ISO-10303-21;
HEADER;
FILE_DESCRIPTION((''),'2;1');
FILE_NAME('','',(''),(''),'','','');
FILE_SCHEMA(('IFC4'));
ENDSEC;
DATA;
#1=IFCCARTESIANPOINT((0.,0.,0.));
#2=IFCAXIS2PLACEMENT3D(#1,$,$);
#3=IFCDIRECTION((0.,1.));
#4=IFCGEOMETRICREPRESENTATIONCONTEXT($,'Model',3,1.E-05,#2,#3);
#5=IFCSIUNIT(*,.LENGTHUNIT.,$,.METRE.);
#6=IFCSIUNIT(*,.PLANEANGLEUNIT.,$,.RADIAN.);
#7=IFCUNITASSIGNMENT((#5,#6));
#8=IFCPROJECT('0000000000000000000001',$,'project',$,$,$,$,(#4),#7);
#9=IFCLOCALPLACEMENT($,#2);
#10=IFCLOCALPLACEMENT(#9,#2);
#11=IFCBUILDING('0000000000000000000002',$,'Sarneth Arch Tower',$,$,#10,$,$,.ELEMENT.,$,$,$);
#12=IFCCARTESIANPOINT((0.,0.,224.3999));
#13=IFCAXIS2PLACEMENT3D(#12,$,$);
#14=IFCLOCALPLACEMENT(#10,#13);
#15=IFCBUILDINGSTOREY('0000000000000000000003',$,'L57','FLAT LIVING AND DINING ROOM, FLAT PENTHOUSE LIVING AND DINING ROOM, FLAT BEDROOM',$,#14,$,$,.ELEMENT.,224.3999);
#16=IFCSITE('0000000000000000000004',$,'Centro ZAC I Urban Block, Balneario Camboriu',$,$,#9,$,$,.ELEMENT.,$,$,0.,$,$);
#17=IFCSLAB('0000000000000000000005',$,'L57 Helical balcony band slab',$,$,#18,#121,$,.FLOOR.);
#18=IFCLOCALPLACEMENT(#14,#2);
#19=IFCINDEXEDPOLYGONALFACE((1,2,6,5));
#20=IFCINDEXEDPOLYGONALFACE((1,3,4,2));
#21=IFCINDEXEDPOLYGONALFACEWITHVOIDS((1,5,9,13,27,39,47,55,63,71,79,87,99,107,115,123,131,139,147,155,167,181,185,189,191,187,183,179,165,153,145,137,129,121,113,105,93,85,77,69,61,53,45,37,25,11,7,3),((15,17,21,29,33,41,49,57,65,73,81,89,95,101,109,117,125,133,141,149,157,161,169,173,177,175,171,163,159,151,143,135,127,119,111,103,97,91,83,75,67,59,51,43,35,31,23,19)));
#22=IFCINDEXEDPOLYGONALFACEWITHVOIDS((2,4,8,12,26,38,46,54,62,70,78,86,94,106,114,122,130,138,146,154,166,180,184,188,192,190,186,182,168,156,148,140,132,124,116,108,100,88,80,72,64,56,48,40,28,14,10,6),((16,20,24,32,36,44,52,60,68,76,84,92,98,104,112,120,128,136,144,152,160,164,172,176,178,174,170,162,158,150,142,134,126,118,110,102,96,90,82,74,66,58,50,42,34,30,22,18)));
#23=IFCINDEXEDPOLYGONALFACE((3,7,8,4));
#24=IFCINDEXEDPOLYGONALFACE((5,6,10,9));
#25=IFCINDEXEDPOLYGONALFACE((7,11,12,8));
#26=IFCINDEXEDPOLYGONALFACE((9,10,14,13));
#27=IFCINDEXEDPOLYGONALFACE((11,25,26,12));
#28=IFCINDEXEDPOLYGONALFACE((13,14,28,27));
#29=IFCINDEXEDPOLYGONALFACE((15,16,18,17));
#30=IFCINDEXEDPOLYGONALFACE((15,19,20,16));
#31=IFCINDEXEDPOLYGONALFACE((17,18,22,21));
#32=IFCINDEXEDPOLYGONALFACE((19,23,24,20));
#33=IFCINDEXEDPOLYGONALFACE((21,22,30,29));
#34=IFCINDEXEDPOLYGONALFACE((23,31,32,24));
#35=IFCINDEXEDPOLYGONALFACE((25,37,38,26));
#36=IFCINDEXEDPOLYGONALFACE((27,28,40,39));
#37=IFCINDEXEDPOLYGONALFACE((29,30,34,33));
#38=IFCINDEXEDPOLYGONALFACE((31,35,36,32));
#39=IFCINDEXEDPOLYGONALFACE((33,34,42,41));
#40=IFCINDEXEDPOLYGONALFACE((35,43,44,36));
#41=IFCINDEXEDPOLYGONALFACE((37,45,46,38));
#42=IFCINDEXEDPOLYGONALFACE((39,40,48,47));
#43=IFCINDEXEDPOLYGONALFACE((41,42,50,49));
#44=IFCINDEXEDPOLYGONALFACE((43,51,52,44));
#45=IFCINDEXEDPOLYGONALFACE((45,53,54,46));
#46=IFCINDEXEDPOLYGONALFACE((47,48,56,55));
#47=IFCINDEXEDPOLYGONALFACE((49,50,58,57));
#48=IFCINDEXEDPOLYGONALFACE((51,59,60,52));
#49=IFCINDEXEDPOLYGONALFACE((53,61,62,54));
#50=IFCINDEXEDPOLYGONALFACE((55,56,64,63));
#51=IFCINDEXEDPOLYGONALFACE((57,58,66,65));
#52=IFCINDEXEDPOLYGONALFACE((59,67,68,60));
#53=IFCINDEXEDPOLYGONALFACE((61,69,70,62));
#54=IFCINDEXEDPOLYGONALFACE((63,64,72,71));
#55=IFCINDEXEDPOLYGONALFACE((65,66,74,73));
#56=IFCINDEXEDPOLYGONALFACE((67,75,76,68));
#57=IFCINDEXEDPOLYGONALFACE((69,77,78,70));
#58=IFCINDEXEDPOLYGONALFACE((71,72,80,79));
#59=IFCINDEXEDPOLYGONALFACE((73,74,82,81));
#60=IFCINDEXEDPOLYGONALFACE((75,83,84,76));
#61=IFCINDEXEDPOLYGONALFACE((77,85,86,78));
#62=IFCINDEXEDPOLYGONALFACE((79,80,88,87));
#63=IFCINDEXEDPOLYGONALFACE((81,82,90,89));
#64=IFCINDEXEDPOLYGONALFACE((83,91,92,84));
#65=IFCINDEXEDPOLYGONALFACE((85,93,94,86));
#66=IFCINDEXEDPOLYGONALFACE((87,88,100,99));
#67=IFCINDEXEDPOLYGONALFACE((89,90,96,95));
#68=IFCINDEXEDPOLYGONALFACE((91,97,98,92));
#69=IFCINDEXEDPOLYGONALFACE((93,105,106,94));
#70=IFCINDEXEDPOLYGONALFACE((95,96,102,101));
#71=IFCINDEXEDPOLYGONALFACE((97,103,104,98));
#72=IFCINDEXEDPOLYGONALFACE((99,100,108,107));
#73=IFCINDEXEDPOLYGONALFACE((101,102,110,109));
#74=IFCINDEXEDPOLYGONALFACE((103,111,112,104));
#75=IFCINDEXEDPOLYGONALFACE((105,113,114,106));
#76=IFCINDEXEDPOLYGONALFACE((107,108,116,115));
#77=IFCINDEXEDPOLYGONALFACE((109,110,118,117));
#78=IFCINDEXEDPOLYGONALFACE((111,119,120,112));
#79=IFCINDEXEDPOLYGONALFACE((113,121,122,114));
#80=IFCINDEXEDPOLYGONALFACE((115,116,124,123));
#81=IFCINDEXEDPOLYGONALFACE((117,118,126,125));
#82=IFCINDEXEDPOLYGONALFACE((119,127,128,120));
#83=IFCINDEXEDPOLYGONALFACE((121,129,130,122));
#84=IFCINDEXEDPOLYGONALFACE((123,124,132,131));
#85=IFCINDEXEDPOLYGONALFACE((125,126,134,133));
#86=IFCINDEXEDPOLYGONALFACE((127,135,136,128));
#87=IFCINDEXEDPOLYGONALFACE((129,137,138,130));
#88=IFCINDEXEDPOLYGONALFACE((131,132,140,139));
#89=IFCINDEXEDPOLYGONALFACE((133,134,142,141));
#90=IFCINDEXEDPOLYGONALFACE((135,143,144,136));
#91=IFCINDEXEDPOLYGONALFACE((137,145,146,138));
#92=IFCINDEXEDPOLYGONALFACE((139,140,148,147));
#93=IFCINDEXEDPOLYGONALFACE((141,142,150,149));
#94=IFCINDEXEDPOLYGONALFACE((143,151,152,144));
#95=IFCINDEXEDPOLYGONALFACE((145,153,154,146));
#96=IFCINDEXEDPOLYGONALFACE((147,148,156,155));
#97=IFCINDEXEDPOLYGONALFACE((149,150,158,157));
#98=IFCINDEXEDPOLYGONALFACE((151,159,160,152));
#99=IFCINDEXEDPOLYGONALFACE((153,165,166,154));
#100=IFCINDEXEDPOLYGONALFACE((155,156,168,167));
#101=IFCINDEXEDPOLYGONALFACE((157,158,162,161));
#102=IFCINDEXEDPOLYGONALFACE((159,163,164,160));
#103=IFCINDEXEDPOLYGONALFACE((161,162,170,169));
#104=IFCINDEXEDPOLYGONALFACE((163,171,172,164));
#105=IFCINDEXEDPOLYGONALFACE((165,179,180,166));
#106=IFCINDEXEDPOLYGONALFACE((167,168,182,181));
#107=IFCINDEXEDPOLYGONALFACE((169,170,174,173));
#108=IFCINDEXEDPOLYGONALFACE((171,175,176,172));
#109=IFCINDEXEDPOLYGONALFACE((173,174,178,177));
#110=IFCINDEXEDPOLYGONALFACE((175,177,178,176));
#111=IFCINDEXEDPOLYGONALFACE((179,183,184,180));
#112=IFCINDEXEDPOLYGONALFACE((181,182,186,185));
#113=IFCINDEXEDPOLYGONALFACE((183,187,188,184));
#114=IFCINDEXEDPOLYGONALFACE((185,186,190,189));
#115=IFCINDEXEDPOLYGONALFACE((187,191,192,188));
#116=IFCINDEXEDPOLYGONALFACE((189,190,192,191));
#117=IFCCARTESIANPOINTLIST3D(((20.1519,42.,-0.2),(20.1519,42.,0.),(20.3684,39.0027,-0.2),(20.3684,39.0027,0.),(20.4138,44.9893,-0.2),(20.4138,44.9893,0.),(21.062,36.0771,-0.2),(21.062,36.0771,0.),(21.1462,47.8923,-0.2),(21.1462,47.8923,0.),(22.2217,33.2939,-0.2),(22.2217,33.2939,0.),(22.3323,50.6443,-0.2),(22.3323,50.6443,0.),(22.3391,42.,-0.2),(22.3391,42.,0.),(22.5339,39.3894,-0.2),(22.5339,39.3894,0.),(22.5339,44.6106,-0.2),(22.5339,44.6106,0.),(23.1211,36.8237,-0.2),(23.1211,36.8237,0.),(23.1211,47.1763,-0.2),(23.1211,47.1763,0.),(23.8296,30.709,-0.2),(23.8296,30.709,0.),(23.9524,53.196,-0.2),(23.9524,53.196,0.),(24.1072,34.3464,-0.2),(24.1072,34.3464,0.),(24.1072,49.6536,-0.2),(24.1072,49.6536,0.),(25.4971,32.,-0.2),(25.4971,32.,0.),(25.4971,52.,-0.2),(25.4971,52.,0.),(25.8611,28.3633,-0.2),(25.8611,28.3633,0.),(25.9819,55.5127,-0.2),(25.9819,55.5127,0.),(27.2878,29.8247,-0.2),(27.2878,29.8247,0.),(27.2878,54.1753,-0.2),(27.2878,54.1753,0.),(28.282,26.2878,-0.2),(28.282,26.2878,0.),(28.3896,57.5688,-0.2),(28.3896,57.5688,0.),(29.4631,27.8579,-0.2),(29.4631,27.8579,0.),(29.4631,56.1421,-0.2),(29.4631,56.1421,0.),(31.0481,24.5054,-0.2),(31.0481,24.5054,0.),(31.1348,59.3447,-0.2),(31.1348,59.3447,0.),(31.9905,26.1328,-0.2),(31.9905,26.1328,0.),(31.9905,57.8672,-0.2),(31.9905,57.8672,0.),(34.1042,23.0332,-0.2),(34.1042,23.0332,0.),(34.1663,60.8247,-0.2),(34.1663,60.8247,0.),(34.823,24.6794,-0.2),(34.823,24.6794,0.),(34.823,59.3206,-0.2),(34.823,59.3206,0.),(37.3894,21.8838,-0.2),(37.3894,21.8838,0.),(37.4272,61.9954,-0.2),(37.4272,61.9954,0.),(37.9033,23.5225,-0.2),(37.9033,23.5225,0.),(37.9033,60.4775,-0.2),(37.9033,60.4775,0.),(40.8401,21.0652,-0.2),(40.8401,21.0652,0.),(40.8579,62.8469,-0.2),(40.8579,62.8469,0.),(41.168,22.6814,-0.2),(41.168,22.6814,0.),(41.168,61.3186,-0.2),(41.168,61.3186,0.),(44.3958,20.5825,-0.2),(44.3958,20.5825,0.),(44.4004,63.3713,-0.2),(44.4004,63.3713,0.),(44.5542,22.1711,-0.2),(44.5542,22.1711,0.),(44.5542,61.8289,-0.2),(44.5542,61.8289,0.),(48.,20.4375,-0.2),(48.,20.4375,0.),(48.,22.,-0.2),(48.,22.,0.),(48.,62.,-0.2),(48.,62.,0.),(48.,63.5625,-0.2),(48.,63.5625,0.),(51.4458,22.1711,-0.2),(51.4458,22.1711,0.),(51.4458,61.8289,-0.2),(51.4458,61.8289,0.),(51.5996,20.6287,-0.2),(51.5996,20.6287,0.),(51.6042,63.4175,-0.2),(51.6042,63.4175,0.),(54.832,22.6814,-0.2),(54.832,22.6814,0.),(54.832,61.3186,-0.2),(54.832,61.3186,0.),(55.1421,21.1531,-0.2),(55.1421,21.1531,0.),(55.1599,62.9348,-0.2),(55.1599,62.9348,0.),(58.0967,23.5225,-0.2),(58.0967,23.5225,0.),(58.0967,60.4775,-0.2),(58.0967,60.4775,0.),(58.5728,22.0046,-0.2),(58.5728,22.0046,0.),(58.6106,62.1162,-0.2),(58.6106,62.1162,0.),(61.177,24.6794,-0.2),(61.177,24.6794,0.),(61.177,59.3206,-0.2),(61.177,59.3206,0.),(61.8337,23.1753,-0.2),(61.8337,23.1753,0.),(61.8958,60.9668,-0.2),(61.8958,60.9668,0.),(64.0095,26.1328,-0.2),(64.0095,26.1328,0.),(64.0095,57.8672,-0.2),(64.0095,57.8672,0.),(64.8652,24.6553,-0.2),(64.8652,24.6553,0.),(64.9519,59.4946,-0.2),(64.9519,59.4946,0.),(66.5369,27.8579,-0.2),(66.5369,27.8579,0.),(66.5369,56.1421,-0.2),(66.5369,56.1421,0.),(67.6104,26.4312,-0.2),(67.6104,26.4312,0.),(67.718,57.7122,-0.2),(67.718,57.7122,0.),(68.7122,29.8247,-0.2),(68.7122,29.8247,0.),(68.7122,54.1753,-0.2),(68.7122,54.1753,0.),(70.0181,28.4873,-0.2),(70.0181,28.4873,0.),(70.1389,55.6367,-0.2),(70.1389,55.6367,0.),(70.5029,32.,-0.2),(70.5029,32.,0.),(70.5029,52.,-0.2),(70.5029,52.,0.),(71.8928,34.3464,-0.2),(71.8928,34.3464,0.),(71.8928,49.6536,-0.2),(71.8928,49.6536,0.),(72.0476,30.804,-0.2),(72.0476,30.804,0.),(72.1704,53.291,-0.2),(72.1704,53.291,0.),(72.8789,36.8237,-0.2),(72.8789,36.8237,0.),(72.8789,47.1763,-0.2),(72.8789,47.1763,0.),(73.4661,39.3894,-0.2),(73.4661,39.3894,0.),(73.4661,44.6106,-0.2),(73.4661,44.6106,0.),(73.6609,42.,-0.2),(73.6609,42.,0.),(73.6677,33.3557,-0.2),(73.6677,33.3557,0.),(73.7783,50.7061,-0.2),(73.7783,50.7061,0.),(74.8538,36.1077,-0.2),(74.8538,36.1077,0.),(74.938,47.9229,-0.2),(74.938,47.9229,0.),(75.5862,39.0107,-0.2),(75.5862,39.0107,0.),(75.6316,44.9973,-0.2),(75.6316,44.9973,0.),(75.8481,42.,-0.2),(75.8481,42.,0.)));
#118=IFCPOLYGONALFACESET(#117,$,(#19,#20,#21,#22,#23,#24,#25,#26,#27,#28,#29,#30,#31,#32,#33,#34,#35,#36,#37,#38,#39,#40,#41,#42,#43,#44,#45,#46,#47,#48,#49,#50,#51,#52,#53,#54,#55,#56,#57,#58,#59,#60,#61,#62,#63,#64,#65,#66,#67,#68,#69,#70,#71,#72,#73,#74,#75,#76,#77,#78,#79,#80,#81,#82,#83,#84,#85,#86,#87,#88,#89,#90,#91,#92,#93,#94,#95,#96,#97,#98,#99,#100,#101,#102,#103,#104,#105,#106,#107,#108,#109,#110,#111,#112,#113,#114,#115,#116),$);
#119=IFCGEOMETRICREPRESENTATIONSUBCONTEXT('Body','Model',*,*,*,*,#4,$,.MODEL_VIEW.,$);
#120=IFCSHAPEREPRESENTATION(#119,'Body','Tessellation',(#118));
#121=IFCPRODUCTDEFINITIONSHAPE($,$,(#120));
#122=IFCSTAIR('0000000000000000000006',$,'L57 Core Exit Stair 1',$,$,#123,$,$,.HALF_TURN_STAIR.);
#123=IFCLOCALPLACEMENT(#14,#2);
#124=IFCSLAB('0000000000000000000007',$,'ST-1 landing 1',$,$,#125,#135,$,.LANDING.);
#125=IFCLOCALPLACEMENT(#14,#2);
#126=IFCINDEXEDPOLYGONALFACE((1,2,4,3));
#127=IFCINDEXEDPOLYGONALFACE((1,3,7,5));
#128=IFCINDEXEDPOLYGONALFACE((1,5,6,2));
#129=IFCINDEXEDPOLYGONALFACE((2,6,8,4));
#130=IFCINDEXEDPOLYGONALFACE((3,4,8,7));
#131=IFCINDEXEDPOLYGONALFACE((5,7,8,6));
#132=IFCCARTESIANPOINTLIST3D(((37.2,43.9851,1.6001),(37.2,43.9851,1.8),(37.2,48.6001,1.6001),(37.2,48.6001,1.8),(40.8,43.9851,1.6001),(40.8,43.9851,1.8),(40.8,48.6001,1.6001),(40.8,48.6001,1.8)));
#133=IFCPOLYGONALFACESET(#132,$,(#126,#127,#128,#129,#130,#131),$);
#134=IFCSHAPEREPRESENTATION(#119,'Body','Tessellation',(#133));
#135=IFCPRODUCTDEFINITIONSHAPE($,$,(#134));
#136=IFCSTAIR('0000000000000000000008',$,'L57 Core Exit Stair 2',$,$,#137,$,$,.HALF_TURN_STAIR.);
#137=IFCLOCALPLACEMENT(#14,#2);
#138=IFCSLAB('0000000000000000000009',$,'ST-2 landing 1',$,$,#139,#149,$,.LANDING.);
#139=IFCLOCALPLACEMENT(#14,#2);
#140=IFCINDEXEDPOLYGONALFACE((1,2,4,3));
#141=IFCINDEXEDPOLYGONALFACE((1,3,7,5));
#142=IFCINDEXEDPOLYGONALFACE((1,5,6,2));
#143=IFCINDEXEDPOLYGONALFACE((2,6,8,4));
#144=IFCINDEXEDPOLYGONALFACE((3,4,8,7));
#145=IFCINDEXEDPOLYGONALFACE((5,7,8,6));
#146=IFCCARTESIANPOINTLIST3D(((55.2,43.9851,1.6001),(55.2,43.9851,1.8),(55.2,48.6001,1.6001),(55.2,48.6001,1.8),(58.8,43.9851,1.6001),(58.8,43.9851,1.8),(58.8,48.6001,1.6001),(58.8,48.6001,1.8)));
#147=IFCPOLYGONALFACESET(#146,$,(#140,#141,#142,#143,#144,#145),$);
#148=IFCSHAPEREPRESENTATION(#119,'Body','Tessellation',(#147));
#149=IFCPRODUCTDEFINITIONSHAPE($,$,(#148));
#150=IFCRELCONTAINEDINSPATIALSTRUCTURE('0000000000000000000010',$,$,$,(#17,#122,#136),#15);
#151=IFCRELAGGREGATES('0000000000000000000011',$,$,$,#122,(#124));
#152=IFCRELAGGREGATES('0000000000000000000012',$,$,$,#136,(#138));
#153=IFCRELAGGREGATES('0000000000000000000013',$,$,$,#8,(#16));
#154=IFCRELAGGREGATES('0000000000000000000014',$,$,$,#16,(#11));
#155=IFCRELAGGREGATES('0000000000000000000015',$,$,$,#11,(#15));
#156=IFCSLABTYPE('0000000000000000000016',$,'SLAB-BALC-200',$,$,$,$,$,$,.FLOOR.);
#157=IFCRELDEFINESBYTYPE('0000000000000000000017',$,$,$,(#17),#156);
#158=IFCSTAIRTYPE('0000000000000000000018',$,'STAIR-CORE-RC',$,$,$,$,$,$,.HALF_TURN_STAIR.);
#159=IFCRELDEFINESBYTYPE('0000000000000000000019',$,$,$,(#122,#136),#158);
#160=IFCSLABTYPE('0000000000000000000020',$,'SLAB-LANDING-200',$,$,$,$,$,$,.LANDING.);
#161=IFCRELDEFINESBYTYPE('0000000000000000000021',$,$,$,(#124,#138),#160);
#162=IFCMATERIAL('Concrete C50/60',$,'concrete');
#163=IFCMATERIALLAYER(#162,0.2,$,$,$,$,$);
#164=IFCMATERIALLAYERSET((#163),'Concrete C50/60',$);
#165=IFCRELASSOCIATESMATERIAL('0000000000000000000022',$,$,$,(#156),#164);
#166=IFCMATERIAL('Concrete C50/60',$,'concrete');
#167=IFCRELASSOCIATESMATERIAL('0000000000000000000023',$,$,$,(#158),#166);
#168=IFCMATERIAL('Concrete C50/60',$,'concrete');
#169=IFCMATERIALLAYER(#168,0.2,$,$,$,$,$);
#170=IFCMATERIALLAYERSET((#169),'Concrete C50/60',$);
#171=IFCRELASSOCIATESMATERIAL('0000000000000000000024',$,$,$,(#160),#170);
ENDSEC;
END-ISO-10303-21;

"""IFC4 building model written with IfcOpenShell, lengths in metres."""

from ifc_helpers import new_model, si_unit, direction, frame, origin, place, context, subcontext, project, spatial, polyline, outline, extrude, material, layer, layer_set, type_object, element, aggregate, save


model = new_model("IFC4")

# Units and contexts
model_context = context("Model", 3, precision=1e-05, world=origin(), true_north=direction((0.0, 1.0)))
body_context = subcontext(model_context, "Body", "Model", "MODEL_VIEW")
ifc_project = project(units=[si_unit("LENGTHUNIT", "METRE"), si_unit("PLANEANGLEUNIT", "RADIAN")], contexts=[model_context])

# Site, building, storey
site_placement = place(None, origin())
site = spatial("IfcSite", under=ifc_project, at=site_placement, Name="Centro ZAC I Urban Block, Balneario Camboriu", CompositionType="ELEMENT", RefElevation=0.0)
building_placement = place(site_placement, origin())
building = spatial("IfcBuilding", under=site, at=building_placement, Name="Sarneth Arch Tower", CompositionType="ELEMENT")
storey_placement = place(building_placement, frame((0.0, 0.0, 224.3999)))
storey = spatial("IfcBuildingStorey", under=building, at=storey_placement, Name="L57", Description="FLAT LIVING AND DINING ROOM, FLAT PENTHOUSE LIVING AND DINING ROOM, FLAT BEDROOM", CompositionType="ELEMENT", Elevation=224.3999)

# Slab
ifc_material_1 = material(Name="Concrete C50/60", Category="concrete")
ifc_layer_1 = layer(ifc_material_1, 0.2)
ifc_layer_set_1 = layer_set([ifc_layer_1], Name="Concrete C50/60")
slab_type_1 = type_object("IfcSlabType", Name="SLAB-BALC-200", PredefinedType="FLOOR", material=ifc_layer_set_1)
slab_1_placement = place(storey_placement, frame((0.0, 0.0, -0.2)))
element("IfcSlab", 1, at=slab_1_placement, inside=storey, type_object=slab_type_1, Name="L57 Helical balcony band slab", PredefinedType="FLOOR", context=body_context, shape_type="SweptSolid", body=[
    extrude(outline(polyline([(75.8481, 42.0), (75.6316, 44.9973), (74.938, 47.9229), (73.7783, 50.7061), (72.1704, 53.291), (70.1389, 55.6367), (67.718, 57.7122), (64.9519, 59.4946), (61.8958, 60.9668), (58.6106, 62.1162), (55.1599, 62.9348), (51.6042, 63.4175), (48.0, 63.5625), (44.4004, 63.3713), (40.8579, 62.8469), (37.4272, 61.9954), (34.1663, 60.8247), (31.1348, 59.3447), (28.3896, 57.5688), (25.9819, 55.5127), (23.9524, 53.196), (22.3323, 50.6443), (21.1462, 47.8923), (20.4138, 44.9893), (20.1519, 42.0), (20.3684, 39.0027), (21.062, 36.0771), (22.2217, 33.2939), (23.8296, 30.709), (25.8611, 28.3633), (28.282, 26.2878), (31.0481, 24.5054), (34.1042, 23.0332), (37.3894, 21.8838), (40.8401, 21.0652), (44.3958, 20.5825), (48.0, 20.4375), (51.5996, 20.6287), (55.1421, 21.1531), (58.5728, 22.0046), (61.8337, 23.1753), (64.8652, 24.6553), (67.6104, 26.4312), (70.0181, 28.4873), (72.0476, 30.804), (73.6677, 33.3557), (74.8538, 36.1077), (75.5862, 39.0107), (75.8481, 42.0)]), holes=[polyline([(73.6609, 42.0), (73.4661, 44.6106), (72.8789, 47.1763), (71.8928, 49.6536), (70.5029, 52.0), (68.7122, 54.1753), (66.5369, 56.1421), (64.0095, 57.8672), (61.177, 59.3206), (58.0967, 60.4775), (54.832, 61.3186), (51.4458, 61.8289), (48.0, 62.0), (44.5542, 61.8289), (41.168, 61.3186), (37.9033, 60.4775), (34.823, 59.3206), (31.9905, 57.8672), (29.4631, 56.1421), (27.2878, 54.1753), (25.4971, 52.0), (24.1072, 49.6536), (23.1211, 47.1763), (22.5339, 44.6106), (22.3391, 42.0), (22.5339, 39.3894), (23.1211, 36.8237), (24.1072, 34.3464), (25.4971, 32.0), (27.2878, 29.8247), (29.4631, 27.8579), (31.9905, 26.1328), (34.823, 24.6794), (37.9033, 23.5225), (41.168, 22.6814), (44.5542, 22.1711), (48.0, 22.0), (51.4458, 22.1711), (54.832, 22.6814), (58.0967, 23.5225), (61.177, 24.6794), (64.0095, 26.1328), (66.5369, 27.8579), (68.7122, 29.8247), (70.5029, 32.0), (71.8928, 34.3464), (72.8789, 36.8237), (73.4661, 39.3894), (73.6609, 42.0)])]), origin(), (0.0, 0.0, 1.0), 0.2),
])

# Stairs, slabs
ifc_material_2 = material(Name="Concrete C50/60", Category="concrete")
stair_type = type_object("IfcStairType", Name="STAIR-CORE-RC", PredefinedType="HALF_TURN_STAIR", material=ifc_material_2)
stair_1_placement = place(storey_placement, origin())
stair_1 = element("IfcStair", 2, at=stair_1_placement, inside=storey, type_object=stair_type, Name="L57 Core Exit Stair 1", PredefinedType="HALF_TURN_STAIR")
ifc_material_3 = material(Name="Concrete C50/60", Category="concrete")
ifc_layer_2 = layer(ifc_material_3, 0.2)
ifc_layer_set_2 = layer_set([ifc_layer_2], Name="Concrete C50/60")
slab_type_2 = type_object("IfcSlabType", Name="SLAB-LANDING-200", PredefinedType="LANDING", material=ifc_layer_set_2)
slab_2_placement = place(storey_placement, frame((0.0, 0.0, 1.6001)))
slab_2 = element("IfcSlab", 3, at=slab_2_placement, type_object=slab_type_2, Name="ST-1 landing 1", PredefinedType="LANDING", context=body_context, shape_type="SweptSolid", body=[
    extrude(outline(polyline([(37.2, 43.9851), (40.8, 43.9851), (40.8, 48.6001), (37.2, 48.6001), (37.2, 43.9851)])), origin(), (0.0, 0.0, 1.0), 0.2),
])
aggregate(stair_1, [slab_2])
stair_2_placement = place(storey_placement, origin())
stair_2 = element("IfcStair", 4, at=stair_2_placement, inside=storey, type_object=stair_type, Name="L57 Core Exit Stair 2", PredefinedType="HALF_TURN_STAIR")
slab_3_placement = place(storey_placement, frame((0.0, 0.0, 1.6001)))
slab_3 = element("IfcSlab", 5, at=slab_3_placement, type_object=slab_type_2, Name="ST-2 landing 1", PredefinedType="LANDING", context=body_context, shape_type="SweptSolid", body=[
    extrude(outline(polyline([(55.2, 43.9851), (58.8, 43.9851), (58.8, 48.6001), (55.2, 48.6001), (55.2, 43.9851)])), origin(), (0.0, 0.0, 1.0), 0.2),
])
aggregate(stair_2, [slab_3])

save(model, "model.ifc")
